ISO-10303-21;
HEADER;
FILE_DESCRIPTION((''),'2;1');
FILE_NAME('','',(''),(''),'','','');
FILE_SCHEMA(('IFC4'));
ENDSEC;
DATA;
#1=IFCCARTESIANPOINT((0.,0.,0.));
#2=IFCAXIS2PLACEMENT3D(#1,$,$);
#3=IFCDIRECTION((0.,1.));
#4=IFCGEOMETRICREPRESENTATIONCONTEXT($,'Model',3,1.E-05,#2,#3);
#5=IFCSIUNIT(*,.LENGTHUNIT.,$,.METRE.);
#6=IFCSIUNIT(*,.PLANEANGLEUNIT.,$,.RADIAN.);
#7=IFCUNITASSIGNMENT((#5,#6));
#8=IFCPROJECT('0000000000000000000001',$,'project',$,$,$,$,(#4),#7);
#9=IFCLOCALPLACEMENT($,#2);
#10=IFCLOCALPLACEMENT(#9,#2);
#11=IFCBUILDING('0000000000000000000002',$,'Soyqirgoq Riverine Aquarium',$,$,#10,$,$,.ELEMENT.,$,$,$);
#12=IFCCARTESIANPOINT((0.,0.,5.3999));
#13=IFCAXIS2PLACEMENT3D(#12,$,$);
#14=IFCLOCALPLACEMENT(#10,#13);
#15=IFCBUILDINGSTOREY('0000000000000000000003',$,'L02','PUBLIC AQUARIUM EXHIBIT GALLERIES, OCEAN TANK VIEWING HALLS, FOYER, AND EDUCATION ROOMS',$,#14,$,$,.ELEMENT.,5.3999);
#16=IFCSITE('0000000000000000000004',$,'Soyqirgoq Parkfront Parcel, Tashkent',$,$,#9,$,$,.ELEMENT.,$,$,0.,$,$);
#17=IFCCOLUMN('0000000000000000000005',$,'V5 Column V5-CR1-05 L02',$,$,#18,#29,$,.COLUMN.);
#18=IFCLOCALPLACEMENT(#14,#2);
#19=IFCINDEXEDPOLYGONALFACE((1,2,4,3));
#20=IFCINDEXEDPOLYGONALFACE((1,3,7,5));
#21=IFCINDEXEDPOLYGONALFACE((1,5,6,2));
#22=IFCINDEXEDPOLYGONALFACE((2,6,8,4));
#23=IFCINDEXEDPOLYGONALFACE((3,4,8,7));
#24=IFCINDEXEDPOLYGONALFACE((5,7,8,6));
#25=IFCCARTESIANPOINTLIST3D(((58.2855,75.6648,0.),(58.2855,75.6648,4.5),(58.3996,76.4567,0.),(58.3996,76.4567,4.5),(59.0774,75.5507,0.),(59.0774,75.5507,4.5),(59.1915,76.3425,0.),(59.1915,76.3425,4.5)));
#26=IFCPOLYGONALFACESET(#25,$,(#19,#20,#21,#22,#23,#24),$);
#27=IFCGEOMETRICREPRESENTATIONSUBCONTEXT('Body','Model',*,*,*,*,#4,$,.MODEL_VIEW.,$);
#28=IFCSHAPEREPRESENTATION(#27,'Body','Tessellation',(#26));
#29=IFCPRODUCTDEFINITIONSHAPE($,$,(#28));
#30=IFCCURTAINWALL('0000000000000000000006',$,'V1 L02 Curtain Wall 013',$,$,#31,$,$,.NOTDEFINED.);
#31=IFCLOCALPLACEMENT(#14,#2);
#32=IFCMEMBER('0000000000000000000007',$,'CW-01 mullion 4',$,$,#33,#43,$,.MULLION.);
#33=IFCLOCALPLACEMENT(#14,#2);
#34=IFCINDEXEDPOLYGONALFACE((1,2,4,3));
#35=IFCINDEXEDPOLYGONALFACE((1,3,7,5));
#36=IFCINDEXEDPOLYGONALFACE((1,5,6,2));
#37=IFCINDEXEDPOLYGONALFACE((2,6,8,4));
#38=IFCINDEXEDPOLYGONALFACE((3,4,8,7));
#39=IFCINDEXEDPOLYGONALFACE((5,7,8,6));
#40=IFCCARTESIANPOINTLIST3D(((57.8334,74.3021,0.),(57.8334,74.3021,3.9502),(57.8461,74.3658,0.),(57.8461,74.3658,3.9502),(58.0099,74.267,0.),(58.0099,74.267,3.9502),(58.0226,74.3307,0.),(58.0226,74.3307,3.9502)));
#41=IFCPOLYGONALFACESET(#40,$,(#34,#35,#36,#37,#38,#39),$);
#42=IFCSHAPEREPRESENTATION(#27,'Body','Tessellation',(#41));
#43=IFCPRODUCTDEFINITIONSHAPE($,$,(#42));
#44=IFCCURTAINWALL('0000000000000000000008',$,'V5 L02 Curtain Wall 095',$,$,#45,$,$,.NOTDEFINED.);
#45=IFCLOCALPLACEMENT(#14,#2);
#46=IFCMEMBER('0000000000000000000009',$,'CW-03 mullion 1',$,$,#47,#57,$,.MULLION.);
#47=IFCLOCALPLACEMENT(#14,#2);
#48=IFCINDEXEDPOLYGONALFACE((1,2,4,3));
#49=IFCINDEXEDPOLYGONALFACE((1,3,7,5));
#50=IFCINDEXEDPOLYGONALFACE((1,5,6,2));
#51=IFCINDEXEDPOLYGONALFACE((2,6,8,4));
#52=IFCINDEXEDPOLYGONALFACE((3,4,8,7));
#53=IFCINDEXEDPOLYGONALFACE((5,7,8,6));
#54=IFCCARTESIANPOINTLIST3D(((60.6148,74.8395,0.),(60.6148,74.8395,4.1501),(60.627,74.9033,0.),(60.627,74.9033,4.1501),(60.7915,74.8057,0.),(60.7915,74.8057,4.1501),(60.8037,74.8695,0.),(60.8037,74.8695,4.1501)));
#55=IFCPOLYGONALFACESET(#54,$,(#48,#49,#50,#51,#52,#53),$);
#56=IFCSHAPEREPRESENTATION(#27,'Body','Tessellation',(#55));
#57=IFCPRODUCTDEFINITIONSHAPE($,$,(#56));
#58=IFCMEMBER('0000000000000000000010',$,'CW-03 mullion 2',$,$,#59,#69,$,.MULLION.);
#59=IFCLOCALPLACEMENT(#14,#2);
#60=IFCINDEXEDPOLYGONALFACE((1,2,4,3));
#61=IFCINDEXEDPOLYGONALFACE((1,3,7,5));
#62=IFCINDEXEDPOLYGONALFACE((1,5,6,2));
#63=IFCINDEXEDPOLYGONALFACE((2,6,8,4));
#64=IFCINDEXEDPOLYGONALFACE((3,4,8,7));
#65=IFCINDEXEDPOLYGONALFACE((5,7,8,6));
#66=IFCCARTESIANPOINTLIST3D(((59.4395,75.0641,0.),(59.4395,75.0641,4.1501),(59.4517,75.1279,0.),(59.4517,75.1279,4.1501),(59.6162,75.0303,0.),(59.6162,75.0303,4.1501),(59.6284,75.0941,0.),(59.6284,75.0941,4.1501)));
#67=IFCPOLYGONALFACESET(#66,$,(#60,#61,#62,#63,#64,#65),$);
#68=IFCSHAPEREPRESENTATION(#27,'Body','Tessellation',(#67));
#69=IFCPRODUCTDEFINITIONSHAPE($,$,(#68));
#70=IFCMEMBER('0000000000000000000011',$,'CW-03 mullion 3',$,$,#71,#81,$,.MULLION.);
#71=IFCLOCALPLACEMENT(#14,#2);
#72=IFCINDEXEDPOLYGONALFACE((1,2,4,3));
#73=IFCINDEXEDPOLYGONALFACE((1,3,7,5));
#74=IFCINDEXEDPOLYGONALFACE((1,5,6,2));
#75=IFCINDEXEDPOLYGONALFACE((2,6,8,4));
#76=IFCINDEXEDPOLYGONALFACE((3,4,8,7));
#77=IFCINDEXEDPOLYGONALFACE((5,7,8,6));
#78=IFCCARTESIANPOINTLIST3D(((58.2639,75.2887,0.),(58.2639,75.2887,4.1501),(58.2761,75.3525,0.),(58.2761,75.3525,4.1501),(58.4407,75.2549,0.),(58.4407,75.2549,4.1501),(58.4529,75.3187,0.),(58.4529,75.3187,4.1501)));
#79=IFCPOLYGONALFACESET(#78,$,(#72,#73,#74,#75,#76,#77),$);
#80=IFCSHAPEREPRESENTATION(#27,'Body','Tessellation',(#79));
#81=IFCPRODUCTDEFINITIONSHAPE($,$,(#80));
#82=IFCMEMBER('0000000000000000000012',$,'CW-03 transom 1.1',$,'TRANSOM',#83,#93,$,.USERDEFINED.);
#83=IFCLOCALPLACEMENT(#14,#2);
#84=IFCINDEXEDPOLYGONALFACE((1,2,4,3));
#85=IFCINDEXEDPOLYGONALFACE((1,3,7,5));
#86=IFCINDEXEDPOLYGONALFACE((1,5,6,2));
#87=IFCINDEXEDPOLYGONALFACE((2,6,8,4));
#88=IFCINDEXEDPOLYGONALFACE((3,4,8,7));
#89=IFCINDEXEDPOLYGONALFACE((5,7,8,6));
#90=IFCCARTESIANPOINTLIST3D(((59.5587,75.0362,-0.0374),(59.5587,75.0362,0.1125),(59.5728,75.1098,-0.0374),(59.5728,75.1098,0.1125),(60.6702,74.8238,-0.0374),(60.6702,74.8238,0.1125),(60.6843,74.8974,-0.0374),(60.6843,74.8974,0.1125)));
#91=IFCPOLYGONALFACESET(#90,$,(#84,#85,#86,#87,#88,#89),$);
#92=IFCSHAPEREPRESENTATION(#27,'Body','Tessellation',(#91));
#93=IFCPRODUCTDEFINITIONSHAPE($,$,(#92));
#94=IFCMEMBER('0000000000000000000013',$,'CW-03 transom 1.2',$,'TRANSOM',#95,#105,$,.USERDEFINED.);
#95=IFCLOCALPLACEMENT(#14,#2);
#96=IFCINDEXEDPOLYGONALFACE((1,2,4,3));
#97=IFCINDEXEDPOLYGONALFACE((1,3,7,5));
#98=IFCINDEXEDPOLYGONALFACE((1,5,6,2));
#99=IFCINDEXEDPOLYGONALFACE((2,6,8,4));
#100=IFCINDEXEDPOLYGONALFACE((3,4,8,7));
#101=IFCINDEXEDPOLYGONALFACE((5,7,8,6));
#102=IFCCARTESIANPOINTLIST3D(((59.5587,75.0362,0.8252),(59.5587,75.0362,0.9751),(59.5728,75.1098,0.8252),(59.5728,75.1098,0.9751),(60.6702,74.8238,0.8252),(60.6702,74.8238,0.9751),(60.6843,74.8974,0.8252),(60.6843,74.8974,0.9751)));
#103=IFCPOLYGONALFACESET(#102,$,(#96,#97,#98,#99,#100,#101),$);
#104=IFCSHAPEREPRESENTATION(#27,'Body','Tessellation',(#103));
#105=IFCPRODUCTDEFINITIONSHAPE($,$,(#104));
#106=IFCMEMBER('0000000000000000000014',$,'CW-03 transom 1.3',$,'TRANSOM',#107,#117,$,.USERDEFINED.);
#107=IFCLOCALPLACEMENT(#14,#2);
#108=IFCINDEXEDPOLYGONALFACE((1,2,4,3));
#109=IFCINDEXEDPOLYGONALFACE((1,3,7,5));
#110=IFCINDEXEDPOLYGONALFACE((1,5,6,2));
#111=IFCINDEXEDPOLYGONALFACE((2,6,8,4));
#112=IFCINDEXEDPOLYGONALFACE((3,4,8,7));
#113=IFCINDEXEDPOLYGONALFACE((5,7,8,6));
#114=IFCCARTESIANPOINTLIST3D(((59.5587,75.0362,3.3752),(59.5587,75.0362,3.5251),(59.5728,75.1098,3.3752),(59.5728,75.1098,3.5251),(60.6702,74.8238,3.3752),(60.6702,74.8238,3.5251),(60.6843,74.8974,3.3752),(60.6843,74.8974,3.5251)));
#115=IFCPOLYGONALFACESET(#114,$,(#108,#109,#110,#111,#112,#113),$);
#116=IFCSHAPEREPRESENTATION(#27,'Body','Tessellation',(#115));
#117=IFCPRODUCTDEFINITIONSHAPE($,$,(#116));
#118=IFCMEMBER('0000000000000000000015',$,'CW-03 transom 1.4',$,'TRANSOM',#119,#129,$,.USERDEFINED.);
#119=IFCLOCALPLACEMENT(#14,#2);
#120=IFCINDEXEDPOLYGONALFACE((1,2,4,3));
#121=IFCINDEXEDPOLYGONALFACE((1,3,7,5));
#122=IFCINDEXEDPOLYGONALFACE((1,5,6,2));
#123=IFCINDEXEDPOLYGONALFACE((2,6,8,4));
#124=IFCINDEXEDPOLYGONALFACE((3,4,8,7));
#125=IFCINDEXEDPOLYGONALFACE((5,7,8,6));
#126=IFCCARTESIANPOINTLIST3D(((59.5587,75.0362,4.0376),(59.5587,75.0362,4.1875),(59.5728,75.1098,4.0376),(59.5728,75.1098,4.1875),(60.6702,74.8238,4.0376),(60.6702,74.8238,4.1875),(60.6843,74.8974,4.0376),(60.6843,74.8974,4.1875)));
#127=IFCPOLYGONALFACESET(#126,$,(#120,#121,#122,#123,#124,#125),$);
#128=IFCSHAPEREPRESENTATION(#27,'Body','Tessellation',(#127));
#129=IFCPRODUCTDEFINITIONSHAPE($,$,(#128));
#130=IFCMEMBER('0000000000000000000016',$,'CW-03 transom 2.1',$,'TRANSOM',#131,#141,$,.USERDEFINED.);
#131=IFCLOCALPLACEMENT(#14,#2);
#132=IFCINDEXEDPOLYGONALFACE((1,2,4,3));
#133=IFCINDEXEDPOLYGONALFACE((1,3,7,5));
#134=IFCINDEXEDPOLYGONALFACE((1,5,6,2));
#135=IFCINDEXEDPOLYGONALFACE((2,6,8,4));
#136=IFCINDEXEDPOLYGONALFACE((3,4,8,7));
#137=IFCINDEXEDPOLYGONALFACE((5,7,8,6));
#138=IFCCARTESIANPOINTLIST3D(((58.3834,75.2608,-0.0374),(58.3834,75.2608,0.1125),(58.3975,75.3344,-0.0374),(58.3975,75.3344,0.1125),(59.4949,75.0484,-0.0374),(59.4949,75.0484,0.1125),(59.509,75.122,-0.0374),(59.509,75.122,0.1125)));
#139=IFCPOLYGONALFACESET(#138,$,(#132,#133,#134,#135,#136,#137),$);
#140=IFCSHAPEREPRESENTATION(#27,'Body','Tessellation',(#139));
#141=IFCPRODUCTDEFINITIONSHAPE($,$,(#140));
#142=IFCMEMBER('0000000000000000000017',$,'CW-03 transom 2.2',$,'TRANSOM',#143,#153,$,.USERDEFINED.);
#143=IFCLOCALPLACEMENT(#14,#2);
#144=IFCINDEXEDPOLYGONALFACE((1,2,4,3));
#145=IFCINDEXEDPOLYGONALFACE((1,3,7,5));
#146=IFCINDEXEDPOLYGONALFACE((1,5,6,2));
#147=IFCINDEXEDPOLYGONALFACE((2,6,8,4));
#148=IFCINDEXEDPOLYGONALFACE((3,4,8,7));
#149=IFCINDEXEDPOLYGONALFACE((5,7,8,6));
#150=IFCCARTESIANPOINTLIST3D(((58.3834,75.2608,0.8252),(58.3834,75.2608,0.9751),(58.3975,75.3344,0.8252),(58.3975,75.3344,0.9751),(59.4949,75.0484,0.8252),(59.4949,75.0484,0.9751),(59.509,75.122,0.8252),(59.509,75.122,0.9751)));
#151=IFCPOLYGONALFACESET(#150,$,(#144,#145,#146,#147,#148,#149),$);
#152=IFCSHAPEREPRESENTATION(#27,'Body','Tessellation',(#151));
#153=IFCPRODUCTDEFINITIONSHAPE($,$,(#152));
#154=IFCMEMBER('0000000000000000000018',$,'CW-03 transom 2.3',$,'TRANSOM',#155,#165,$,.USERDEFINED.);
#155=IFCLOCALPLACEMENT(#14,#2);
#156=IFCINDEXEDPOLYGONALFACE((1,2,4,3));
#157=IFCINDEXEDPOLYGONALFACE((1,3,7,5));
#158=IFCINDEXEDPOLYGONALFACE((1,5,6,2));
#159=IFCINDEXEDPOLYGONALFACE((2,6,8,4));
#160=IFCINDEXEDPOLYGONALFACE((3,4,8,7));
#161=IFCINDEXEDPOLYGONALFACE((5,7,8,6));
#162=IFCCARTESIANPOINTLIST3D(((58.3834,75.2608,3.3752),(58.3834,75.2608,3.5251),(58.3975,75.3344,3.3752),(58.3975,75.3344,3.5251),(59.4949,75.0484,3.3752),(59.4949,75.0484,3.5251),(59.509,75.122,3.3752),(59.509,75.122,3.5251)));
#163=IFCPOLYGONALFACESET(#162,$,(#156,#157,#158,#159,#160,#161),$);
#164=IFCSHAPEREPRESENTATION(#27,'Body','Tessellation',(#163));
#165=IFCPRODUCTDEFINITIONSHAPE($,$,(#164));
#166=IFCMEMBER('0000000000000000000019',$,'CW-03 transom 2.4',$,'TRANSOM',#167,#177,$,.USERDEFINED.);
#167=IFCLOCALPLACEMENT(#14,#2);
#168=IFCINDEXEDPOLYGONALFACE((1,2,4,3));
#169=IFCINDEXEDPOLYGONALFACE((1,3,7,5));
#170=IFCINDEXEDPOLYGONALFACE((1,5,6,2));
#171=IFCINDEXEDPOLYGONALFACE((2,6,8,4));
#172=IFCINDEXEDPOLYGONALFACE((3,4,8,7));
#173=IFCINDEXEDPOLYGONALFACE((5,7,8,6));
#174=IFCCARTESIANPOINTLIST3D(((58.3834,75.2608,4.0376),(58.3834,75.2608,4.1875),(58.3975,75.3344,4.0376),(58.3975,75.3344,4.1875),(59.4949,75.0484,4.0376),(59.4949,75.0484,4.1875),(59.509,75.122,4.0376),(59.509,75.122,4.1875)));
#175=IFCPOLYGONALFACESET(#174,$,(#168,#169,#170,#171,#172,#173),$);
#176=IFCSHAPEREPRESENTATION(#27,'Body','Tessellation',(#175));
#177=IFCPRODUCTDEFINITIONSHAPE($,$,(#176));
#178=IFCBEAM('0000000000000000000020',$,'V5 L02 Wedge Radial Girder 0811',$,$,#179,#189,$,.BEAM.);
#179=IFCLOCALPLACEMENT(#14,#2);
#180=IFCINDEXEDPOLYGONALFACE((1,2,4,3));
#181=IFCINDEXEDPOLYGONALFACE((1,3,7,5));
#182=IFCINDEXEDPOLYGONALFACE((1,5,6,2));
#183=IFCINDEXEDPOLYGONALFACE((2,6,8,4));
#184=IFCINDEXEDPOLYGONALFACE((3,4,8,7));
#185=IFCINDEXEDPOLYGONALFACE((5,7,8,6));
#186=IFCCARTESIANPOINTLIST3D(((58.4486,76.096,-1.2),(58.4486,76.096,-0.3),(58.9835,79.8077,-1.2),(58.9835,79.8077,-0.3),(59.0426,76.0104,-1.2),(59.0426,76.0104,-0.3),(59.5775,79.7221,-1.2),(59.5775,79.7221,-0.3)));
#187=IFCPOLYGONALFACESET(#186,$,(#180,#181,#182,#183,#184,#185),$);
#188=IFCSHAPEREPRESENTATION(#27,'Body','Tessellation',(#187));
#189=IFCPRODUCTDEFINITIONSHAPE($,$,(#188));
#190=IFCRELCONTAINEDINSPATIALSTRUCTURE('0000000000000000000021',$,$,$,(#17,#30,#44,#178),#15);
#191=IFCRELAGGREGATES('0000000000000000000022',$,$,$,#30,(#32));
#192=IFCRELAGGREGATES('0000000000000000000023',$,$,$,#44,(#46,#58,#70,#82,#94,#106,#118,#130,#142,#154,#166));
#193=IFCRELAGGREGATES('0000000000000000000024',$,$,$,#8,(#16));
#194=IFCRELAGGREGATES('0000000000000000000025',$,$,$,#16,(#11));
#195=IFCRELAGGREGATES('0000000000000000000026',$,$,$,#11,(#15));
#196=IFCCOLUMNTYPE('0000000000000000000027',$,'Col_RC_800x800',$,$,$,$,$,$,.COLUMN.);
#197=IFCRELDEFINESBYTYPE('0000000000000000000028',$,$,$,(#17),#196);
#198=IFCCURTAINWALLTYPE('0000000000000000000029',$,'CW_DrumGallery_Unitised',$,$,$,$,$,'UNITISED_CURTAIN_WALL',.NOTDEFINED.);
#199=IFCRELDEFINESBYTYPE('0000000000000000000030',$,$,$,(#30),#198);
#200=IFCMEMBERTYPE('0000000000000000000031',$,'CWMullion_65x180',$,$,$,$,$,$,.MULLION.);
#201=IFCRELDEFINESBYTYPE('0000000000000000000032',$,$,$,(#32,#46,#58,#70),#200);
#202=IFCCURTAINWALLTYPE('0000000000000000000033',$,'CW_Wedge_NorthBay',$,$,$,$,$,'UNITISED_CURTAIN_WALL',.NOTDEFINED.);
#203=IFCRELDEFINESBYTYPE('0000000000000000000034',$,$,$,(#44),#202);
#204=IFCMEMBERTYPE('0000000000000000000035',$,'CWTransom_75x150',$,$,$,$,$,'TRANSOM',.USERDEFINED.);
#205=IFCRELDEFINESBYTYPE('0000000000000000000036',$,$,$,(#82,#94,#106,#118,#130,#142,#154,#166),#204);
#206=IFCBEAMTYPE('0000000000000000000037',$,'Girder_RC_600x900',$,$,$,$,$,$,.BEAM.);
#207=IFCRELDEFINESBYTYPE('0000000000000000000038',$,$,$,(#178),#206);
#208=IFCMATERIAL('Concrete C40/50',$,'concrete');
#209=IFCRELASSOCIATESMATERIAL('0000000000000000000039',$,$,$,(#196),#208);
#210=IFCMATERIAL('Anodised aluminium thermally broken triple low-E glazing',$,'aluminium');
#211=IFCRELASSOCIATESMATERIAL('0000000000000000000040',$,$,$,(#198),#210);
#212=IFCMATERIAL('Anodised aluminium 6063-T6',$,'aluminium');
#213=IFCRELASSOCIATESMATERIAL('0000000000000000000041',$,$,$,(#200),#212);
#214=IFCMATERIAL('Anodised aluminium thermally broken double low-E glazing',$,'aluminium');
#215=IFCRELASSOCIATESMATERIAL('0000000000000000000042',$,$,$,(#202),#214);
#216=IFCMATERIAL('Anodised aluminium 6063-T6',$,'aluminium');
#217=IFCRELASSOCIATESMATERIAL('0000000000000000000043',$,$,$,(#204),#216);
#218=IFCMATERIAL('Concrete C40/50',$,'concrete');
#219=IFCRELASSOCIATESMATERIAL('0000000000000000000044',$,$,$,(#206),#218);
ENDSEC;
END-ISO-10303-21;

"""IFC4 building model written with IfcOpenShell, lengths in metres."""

from ifc_helpers import new_model, si_unit, direction, frame, origin, origin_2d, place, context, subcontext, project, spatial, rectangle, extrude, material, material_profile, profile_set, type_object, element, aggregate, save


model = new_model("IFC4")

# Units and contexts
model_context = context("Model", 3, precision=1e-05, world=origin(), true_north=direction((0.0, 1.0)))
body_context = subcontext(model_context, "Body", "Model", "MODEL_VIEW")
ifc_project = project(units=[si_unit("LENGTHUNIT", "METRE"), si_unit("PLANEANGLEUNIT", "RADIAN")], contexts=[model_context])

# Site, building, storey
site_placement = place(None, origin())
site = spatial("IfcSite", under=ifc_project, at=site_placement, Name="Soyqirgoq Parkfront Parcel, Tashkent", CompositionType="ELEMENT", RefElevation=0.0)
building_placement = place(site_placement, origin())
building = spatial("IfcBuilding", under=site, at=building_placement, Name="Soyqirgoq Riverine Aquarium", CompositionType="ELEMENT")
storey_placement = place(building_placement, frame((0.0, 0.0, 5.3999)))
storey = spatial("IfcBuildingStorey", under=building, at=storey_placement, Name="L02", Description="PUBLIC AQUARIUM EXHIBIT GALLERIES, OCEAN TANK VIEWING HALLS, FOYER, AND EDUCATION ROOMS", CompositionType="ELEMENT", Elevation=5.3999)

# Column
ifc_material_1 = material(Name="Concrete C40/50", Category="concrete")
ifc_material_profile_1 = material_profile(ifc_material_1, rectangle(XDim=0.8, YDim=0.8, at=origin_2d()), Name="RC 800x800")
ifc_profile_set_1 = profile_set([ifc_material_profile_1], Name="Concrete C40/50")
column_type = type_object("IfcColumnType", Name="Col_RC_800x800", PredefinedType="COLUMN", material=ifc_profile_set_1)
column_placement = place(storey_placement, frame((58.7385, 76.0037, 0.0), z_axis=(0.0, 0.0, 1.0), x_axis=(0.142629, 0.989776, 0.0)))
element("IfcColumn", 1, at=column_placement, inside=storey, type_object=column_type, Name="V5 Column V5-CR1-05 L02", PredefinedType="COLUMN", context=body_context, shape_type="SweptSolid", body=[
    extrude(rectangle(XDim=0.8, YDim=0.8, at=origin_2d()), origin(), (0.0, 0.0, 1.0), 4.5),
])

# Curtain wall, member
ifc_material_2 = material(Name="Anodised aluminium thermally broken triple low-E glazing", Category="aluminium")
curtain_wall_type_1 = type_object("IfcCurtainWallType", Name="CW_DrumGallery_Unitised", ElementType="UNITISED_CURTAIN_WALL", PredefinedType="NOTDEFINED", material=ifc_material_2)
curtain_wall_1_placement = place(storey_placement, origin())
curtain_wall_1 = element("IfcCurtainWall", 2, at=curtain_wall_1_placement, inside=storey, type_object=curtain_wall_type_1, Name="V1 L02 Curtain Wall 013", PredefinedType="NOTDEFINED")
ifc_material_3 = material(Name="Anodised aluminium 6063-T6", Category="aluminium")
ifc_material_profile_2 = material_profile(ifc_material_3, rectangle(XDim=0.0649, YDim=0.1799, at=origin_2d()), Name="ALU-M 65x180")
ifc_profile_set_2 = profile_set([ifc_material_profile_2], Name="Anodised aluminium 6063-T6")
member_type_1 = type_object("IfcMemberType", Name="CWMullion_65x180", PredefinedType="MULLION", material=ifc_profile_set_2)
member_1_placement = place(storey_placement, frame((57.928, 74.3164, 0.0), z_axis=(0.0, 0.0, 1.0), x_axis=(-0.195088, -0.980786, 0.0)))
member_1 = element("IfcMember", 3, at=member_1_placement, type_object=member_type_1, Name="CW-01 mullion 4", PredefinedType="MULLION", context=body_context, shape_type="SweptSolid", body=[
    extrude(rectangle(XDim=0.0649, YDim=0.1799, at=origin_2d()), origin(), (0.0, 0.0, 1.0), 3.9502),
])

# Curtain wall, members
ifc_material_4 = material(Name="Anodised aluminium thermally broken double low-E glazing", Category="aluminium")
curtain_wall_type_2 = type_object("IfcCurtainWallType", Name="CW_Wedge_NorthBay", ElementType="UNITISED_CURTAIN_WALL", PredefinedType="NOTDEFINED", material=ifc_material_4)
curtain_wall_2_placement = place(storey_placement, origin())
curtain_wall_2 = element("IfcCurtainWall", 4, at=curtain_wall_2_placement, inside=storey, type_object=curtain_wall_type_2, Name="V5 L02 Curtain Wall 095", PredefinedType="NOTDEFINED")
member_2_placement = place(storey_placement, frame((60.7092, 74.8545, 0.0), z_axis=(0.0, 0.0, 1.0), x_axis=(-0.187684, -0.982229, 0.0)))
member_2 = element("IfcMember", 5, at=member_2_placement, type_object=member_type_1, Name="CW-03 mullion 1", PredefinedType="MULLION", context=body_context, shape_type="SweptSolid", body=[
    extrude(rectangle(XDim=0.0649, YDim=0.1799, at=origin_2d()), origin(), (0.0, 0.0, 1.0), 4.1501),
])
member_3_placement = place(storey_placement, frame((59.5339, 75.0791, 0.0), z_axis=(0.0, 0.0, 1.0), x_axis=(-0.187684, -0.982229, 0.0)))
member_3 = element("IfcMember", 6, at=member_3_placement, type_object=member_type_1, Name="CW-03 mullion 2", PredefinedType="MULLION", context=body_context, shape_type="SweptSolid", body=[
    extrude(rectangle(XDim=0.0649, YDim=0.1799, at=origin_2d()), origin(), (0.0, 0.0, 1.0), 4.1501),
])
member_4_placement = place(storey_placement, frame((58.3584, 75.3037, 0.0), z_axis=(0.0, 0.0, 1.0), x_axis=(-0.187684, -0.982229, 0.0)))
member_4 = element("IfcMember", 7, at=member_4_placement, type_object=member_type_1, Name="CW-03 mullion 3", PredefinedType="MULLION", context=body_context, shape_type="SweptSolid", body=[
    extrude(rectangle(XDim=0.0649, YDim=0.1799, at=origin_2d()), origin(), (0.0, 0.0, 1.0), 4.1501),
])
ifc_material_5 = material(Name="Anodised aluminium 6063-T6", Category="aluminium")
ifc_material_profile_3 = material_profile(ifc_material_5, rectangle(XDim=0.075, YDim=0.1499, at=origin_2d()), Name="ALU-T 75x150")
ifc_profile_set_3 = profile_set([ifc_material_profile_3], Name="Anodised aluminium 6063-T6")
member_type_2 = type_object("IfcMemberType", Name="CWTransom_75x150", ElementType="TRANSOM", PredefinedType="USERDEFINED", material=ifc_profile_set_3)
member_5_placement = place(storey_placement, frame((60.6772, 74.8606, 0.0376), z_axis=(-0.982229, 0.187687, 0.0), x_axis=(-0.187687, -0.982229, 0.0)))
member_5 = element("IfcMember", 8, at=member_5_placement, type_object=member_type_2, Name="CW-03 transom 1.1", ObjectType="TRANSOM", PredefinedType="USERDEFINED", context=body_context, shape_type="SweptSolid", body=[
    extrude(rectangle(XDim=0.075, YDim=0.1499, at=origin_2d()), origin(), (0.0, 0.0, 1.0), 1.1316),
])
member_6_placement = place(storey_placement, frame((60.6772, 74.8606, 0.9001), z_axis=(-0.982229, 0.187687, 0.0), x_axis=(-0.187687, -0.982229, 0.0)))
member_6 = element("IfcMember", 9, at=member_6_placement, type_object=member_type_2, Name="CW-03 transom 1.2", ObjectType="TRANSOM", PredefinedType="USERDEFINED", context=body_context, shape_type="SweptSolid", body=[
    extrude(rectangle(XDim=0.075, YDim=0.1499, at=origin_2d()), origin(), (0.0, 0.0, 1.0), 1.1316),
])
member_7_placement = place(storey_placement, frame((60.6772, 74.8606, 3.4502), z_axis=(-0.982229, 0.187687, 0.0), x_axis=(-0.187687, -0.982229, 0.0)))
member_7 = element("IfcMember", 10, at=member_7_placement, type_object=member_type_2, Name="CW-03 transom 1.3", ObjectType="TRANSOM", PredefinedType="USERDEFINED", context=body_context, shape_type="SweptSolid", body=[
    extrude(rectangle(XDim=0.075, YDim=0.1499, at=origin_2d()), origin(), (0.0, 0.0, 1.0), 1.1316),
])
member_8_placement = place(storey_placement, frame((60.6772, 74.8606, 4.1125), z_axis=(-0.982229, 0.187687, 0.0), x_axis=(-0.187687, -0.982229, 0.0)))
member_8 = element("IfcMember", 11, at=member_8_placement, type_object=member_type_2, Name="CW-03 transom 1.4", ObjectType="TRANSOM", PredefinedType="USERDEFINED", context=body_context, shape_type="SweptSolid", body=[
    extrude(rectangle(XDim=0.075, YDim=0.1499, at=origin_2d()), origin(), (0.0, 0.0, 1.0), 1.1316),
])
member_9_placement = place(storey_placement, frame((59.502, 75.0852, 0.0376), z_axis=(-0.982229, 0.187687, 0.0), x_axis=(-0.187687, -0.982229, 0.0)))
member_9 = element("IfcMember", 12, at=member_9_placement, type_object=member_type_2, Name="CW-03 transom 2.1", ObjectType="TRANSOM", PredefinedType="USERDEFINED", context=body_context, shape_type="SweptSolid", body=[
    extrude(rectangle(XDim=0.075, YDim=0.1499, at=origin_2d()), origin(), (0.0, 0.0, 1.0), 1.1316),
])
member_10_placement = place(storey_placement, frame((59.502, 75.0852, 0.9001), z_axis=(-0.982229, 0.187687, 0.0), x_axis=(-0.187687, -0.982229, 0.0)))
member_10 = element("IfcMember", 13, at=member_10_placement, type_object=member_type_2, Name="CW-03 transom 2.2", ObjectType="TRANSOM", PredefinedType="USERDEFINED", context=body_context, shape_type="SweptSolid", body=[
    extrude(rectangle(XDim=0.075, YDim=0.1499, at=origin_2d()), origin(), (0.0, 0.0, 1.0), 1.1316),
])
member_11_placement = place(storey_placement, frame((59.502, 75.0852, 3.4502), z_axis=(-0.982229, 0.187687, 0.0), x_axis=(-0.187687, -0.982229, 0.0)))
member_11 = element("IfcMember", 14, at=member_11_placement, type_object=member_type_2, Name="CW-03 transom 2.3", ObjectType="TRANSOM", PredefinedType="USERDEFINED", context=body_context, shape_type="SweptSolid", body=[
    extrude(rectangle(XDim=0.075, YDim=0.1499, at=origin_2d()), origin(), (0.0, 0.0, 1.0), 1.1316),
])
member_12_placement = place(storey_placement, frame((59.502, 75.0852, 4.1125), z_axis=(-0.982229, 0.187687, 0.0), x_axis=(-0.187687, -0.982229, 0.0)))
member_12 = element("IfcMember", 15, at=member_12_placement, type_object=member_type_2, Name="CW-03 transom 2.4", ObjectType="TRANSOM", PredefinedType="USERDEFINED", context=body_context, shape_type="SweptSolid", body=[
    extrude(rectangle(XDim=0.075, YDim=0.1499, at=origin_2d()), origin(), (0.0, 0.0, 1.0), 1.1316),
])

# Beam
ifc_material_6 = material(Name="Concrete C40/50", Category="concrete")
ifc_material_profile_4 = material_profile(ifc_material_6, rectangle(XDim=0.6001, YDim=0.8999, at=origin_2d()), Name="RC 600x900")
ifc_profile_set_4 = profile_set([ifc_material_profile_4], Name="Concrete C40/50")
beam_type = type_object("IfcBeamType", Name="Girder_RC_600x900", PredefinedType="BEAM", material=ifc_profile_set_4)
beam_placement = place(storey_placement, frame((58.7456, 76.0532, -0.75), z_axis=(0.142643, 0.989774, 0.0), x_axis=(-0.989774, 0.142643, 0.0)))
element("IfcBeam", 16, at=beam_placement, inside=storey, type_object=beam_type, Name="V5 L02 Wedge Radial Girder 0811", PredefinedType="BEAM", context=body_context, shape_type="SweptSolid", body=[
    extrude(rectangle(XDim=0.6001, YDim=0.8999, at=origin_2d()), origin(), (0.0, 0.0, 1.0), 3.75),
])

aggregate(curtain_wall_1, [member_1])
aggregate(curtain_wall_2, [member_2, member_3, member_4, member_5, member_6, member_7, member_8, member_9, member_10, member_11, member_12])

save(model, "model.ifc")
